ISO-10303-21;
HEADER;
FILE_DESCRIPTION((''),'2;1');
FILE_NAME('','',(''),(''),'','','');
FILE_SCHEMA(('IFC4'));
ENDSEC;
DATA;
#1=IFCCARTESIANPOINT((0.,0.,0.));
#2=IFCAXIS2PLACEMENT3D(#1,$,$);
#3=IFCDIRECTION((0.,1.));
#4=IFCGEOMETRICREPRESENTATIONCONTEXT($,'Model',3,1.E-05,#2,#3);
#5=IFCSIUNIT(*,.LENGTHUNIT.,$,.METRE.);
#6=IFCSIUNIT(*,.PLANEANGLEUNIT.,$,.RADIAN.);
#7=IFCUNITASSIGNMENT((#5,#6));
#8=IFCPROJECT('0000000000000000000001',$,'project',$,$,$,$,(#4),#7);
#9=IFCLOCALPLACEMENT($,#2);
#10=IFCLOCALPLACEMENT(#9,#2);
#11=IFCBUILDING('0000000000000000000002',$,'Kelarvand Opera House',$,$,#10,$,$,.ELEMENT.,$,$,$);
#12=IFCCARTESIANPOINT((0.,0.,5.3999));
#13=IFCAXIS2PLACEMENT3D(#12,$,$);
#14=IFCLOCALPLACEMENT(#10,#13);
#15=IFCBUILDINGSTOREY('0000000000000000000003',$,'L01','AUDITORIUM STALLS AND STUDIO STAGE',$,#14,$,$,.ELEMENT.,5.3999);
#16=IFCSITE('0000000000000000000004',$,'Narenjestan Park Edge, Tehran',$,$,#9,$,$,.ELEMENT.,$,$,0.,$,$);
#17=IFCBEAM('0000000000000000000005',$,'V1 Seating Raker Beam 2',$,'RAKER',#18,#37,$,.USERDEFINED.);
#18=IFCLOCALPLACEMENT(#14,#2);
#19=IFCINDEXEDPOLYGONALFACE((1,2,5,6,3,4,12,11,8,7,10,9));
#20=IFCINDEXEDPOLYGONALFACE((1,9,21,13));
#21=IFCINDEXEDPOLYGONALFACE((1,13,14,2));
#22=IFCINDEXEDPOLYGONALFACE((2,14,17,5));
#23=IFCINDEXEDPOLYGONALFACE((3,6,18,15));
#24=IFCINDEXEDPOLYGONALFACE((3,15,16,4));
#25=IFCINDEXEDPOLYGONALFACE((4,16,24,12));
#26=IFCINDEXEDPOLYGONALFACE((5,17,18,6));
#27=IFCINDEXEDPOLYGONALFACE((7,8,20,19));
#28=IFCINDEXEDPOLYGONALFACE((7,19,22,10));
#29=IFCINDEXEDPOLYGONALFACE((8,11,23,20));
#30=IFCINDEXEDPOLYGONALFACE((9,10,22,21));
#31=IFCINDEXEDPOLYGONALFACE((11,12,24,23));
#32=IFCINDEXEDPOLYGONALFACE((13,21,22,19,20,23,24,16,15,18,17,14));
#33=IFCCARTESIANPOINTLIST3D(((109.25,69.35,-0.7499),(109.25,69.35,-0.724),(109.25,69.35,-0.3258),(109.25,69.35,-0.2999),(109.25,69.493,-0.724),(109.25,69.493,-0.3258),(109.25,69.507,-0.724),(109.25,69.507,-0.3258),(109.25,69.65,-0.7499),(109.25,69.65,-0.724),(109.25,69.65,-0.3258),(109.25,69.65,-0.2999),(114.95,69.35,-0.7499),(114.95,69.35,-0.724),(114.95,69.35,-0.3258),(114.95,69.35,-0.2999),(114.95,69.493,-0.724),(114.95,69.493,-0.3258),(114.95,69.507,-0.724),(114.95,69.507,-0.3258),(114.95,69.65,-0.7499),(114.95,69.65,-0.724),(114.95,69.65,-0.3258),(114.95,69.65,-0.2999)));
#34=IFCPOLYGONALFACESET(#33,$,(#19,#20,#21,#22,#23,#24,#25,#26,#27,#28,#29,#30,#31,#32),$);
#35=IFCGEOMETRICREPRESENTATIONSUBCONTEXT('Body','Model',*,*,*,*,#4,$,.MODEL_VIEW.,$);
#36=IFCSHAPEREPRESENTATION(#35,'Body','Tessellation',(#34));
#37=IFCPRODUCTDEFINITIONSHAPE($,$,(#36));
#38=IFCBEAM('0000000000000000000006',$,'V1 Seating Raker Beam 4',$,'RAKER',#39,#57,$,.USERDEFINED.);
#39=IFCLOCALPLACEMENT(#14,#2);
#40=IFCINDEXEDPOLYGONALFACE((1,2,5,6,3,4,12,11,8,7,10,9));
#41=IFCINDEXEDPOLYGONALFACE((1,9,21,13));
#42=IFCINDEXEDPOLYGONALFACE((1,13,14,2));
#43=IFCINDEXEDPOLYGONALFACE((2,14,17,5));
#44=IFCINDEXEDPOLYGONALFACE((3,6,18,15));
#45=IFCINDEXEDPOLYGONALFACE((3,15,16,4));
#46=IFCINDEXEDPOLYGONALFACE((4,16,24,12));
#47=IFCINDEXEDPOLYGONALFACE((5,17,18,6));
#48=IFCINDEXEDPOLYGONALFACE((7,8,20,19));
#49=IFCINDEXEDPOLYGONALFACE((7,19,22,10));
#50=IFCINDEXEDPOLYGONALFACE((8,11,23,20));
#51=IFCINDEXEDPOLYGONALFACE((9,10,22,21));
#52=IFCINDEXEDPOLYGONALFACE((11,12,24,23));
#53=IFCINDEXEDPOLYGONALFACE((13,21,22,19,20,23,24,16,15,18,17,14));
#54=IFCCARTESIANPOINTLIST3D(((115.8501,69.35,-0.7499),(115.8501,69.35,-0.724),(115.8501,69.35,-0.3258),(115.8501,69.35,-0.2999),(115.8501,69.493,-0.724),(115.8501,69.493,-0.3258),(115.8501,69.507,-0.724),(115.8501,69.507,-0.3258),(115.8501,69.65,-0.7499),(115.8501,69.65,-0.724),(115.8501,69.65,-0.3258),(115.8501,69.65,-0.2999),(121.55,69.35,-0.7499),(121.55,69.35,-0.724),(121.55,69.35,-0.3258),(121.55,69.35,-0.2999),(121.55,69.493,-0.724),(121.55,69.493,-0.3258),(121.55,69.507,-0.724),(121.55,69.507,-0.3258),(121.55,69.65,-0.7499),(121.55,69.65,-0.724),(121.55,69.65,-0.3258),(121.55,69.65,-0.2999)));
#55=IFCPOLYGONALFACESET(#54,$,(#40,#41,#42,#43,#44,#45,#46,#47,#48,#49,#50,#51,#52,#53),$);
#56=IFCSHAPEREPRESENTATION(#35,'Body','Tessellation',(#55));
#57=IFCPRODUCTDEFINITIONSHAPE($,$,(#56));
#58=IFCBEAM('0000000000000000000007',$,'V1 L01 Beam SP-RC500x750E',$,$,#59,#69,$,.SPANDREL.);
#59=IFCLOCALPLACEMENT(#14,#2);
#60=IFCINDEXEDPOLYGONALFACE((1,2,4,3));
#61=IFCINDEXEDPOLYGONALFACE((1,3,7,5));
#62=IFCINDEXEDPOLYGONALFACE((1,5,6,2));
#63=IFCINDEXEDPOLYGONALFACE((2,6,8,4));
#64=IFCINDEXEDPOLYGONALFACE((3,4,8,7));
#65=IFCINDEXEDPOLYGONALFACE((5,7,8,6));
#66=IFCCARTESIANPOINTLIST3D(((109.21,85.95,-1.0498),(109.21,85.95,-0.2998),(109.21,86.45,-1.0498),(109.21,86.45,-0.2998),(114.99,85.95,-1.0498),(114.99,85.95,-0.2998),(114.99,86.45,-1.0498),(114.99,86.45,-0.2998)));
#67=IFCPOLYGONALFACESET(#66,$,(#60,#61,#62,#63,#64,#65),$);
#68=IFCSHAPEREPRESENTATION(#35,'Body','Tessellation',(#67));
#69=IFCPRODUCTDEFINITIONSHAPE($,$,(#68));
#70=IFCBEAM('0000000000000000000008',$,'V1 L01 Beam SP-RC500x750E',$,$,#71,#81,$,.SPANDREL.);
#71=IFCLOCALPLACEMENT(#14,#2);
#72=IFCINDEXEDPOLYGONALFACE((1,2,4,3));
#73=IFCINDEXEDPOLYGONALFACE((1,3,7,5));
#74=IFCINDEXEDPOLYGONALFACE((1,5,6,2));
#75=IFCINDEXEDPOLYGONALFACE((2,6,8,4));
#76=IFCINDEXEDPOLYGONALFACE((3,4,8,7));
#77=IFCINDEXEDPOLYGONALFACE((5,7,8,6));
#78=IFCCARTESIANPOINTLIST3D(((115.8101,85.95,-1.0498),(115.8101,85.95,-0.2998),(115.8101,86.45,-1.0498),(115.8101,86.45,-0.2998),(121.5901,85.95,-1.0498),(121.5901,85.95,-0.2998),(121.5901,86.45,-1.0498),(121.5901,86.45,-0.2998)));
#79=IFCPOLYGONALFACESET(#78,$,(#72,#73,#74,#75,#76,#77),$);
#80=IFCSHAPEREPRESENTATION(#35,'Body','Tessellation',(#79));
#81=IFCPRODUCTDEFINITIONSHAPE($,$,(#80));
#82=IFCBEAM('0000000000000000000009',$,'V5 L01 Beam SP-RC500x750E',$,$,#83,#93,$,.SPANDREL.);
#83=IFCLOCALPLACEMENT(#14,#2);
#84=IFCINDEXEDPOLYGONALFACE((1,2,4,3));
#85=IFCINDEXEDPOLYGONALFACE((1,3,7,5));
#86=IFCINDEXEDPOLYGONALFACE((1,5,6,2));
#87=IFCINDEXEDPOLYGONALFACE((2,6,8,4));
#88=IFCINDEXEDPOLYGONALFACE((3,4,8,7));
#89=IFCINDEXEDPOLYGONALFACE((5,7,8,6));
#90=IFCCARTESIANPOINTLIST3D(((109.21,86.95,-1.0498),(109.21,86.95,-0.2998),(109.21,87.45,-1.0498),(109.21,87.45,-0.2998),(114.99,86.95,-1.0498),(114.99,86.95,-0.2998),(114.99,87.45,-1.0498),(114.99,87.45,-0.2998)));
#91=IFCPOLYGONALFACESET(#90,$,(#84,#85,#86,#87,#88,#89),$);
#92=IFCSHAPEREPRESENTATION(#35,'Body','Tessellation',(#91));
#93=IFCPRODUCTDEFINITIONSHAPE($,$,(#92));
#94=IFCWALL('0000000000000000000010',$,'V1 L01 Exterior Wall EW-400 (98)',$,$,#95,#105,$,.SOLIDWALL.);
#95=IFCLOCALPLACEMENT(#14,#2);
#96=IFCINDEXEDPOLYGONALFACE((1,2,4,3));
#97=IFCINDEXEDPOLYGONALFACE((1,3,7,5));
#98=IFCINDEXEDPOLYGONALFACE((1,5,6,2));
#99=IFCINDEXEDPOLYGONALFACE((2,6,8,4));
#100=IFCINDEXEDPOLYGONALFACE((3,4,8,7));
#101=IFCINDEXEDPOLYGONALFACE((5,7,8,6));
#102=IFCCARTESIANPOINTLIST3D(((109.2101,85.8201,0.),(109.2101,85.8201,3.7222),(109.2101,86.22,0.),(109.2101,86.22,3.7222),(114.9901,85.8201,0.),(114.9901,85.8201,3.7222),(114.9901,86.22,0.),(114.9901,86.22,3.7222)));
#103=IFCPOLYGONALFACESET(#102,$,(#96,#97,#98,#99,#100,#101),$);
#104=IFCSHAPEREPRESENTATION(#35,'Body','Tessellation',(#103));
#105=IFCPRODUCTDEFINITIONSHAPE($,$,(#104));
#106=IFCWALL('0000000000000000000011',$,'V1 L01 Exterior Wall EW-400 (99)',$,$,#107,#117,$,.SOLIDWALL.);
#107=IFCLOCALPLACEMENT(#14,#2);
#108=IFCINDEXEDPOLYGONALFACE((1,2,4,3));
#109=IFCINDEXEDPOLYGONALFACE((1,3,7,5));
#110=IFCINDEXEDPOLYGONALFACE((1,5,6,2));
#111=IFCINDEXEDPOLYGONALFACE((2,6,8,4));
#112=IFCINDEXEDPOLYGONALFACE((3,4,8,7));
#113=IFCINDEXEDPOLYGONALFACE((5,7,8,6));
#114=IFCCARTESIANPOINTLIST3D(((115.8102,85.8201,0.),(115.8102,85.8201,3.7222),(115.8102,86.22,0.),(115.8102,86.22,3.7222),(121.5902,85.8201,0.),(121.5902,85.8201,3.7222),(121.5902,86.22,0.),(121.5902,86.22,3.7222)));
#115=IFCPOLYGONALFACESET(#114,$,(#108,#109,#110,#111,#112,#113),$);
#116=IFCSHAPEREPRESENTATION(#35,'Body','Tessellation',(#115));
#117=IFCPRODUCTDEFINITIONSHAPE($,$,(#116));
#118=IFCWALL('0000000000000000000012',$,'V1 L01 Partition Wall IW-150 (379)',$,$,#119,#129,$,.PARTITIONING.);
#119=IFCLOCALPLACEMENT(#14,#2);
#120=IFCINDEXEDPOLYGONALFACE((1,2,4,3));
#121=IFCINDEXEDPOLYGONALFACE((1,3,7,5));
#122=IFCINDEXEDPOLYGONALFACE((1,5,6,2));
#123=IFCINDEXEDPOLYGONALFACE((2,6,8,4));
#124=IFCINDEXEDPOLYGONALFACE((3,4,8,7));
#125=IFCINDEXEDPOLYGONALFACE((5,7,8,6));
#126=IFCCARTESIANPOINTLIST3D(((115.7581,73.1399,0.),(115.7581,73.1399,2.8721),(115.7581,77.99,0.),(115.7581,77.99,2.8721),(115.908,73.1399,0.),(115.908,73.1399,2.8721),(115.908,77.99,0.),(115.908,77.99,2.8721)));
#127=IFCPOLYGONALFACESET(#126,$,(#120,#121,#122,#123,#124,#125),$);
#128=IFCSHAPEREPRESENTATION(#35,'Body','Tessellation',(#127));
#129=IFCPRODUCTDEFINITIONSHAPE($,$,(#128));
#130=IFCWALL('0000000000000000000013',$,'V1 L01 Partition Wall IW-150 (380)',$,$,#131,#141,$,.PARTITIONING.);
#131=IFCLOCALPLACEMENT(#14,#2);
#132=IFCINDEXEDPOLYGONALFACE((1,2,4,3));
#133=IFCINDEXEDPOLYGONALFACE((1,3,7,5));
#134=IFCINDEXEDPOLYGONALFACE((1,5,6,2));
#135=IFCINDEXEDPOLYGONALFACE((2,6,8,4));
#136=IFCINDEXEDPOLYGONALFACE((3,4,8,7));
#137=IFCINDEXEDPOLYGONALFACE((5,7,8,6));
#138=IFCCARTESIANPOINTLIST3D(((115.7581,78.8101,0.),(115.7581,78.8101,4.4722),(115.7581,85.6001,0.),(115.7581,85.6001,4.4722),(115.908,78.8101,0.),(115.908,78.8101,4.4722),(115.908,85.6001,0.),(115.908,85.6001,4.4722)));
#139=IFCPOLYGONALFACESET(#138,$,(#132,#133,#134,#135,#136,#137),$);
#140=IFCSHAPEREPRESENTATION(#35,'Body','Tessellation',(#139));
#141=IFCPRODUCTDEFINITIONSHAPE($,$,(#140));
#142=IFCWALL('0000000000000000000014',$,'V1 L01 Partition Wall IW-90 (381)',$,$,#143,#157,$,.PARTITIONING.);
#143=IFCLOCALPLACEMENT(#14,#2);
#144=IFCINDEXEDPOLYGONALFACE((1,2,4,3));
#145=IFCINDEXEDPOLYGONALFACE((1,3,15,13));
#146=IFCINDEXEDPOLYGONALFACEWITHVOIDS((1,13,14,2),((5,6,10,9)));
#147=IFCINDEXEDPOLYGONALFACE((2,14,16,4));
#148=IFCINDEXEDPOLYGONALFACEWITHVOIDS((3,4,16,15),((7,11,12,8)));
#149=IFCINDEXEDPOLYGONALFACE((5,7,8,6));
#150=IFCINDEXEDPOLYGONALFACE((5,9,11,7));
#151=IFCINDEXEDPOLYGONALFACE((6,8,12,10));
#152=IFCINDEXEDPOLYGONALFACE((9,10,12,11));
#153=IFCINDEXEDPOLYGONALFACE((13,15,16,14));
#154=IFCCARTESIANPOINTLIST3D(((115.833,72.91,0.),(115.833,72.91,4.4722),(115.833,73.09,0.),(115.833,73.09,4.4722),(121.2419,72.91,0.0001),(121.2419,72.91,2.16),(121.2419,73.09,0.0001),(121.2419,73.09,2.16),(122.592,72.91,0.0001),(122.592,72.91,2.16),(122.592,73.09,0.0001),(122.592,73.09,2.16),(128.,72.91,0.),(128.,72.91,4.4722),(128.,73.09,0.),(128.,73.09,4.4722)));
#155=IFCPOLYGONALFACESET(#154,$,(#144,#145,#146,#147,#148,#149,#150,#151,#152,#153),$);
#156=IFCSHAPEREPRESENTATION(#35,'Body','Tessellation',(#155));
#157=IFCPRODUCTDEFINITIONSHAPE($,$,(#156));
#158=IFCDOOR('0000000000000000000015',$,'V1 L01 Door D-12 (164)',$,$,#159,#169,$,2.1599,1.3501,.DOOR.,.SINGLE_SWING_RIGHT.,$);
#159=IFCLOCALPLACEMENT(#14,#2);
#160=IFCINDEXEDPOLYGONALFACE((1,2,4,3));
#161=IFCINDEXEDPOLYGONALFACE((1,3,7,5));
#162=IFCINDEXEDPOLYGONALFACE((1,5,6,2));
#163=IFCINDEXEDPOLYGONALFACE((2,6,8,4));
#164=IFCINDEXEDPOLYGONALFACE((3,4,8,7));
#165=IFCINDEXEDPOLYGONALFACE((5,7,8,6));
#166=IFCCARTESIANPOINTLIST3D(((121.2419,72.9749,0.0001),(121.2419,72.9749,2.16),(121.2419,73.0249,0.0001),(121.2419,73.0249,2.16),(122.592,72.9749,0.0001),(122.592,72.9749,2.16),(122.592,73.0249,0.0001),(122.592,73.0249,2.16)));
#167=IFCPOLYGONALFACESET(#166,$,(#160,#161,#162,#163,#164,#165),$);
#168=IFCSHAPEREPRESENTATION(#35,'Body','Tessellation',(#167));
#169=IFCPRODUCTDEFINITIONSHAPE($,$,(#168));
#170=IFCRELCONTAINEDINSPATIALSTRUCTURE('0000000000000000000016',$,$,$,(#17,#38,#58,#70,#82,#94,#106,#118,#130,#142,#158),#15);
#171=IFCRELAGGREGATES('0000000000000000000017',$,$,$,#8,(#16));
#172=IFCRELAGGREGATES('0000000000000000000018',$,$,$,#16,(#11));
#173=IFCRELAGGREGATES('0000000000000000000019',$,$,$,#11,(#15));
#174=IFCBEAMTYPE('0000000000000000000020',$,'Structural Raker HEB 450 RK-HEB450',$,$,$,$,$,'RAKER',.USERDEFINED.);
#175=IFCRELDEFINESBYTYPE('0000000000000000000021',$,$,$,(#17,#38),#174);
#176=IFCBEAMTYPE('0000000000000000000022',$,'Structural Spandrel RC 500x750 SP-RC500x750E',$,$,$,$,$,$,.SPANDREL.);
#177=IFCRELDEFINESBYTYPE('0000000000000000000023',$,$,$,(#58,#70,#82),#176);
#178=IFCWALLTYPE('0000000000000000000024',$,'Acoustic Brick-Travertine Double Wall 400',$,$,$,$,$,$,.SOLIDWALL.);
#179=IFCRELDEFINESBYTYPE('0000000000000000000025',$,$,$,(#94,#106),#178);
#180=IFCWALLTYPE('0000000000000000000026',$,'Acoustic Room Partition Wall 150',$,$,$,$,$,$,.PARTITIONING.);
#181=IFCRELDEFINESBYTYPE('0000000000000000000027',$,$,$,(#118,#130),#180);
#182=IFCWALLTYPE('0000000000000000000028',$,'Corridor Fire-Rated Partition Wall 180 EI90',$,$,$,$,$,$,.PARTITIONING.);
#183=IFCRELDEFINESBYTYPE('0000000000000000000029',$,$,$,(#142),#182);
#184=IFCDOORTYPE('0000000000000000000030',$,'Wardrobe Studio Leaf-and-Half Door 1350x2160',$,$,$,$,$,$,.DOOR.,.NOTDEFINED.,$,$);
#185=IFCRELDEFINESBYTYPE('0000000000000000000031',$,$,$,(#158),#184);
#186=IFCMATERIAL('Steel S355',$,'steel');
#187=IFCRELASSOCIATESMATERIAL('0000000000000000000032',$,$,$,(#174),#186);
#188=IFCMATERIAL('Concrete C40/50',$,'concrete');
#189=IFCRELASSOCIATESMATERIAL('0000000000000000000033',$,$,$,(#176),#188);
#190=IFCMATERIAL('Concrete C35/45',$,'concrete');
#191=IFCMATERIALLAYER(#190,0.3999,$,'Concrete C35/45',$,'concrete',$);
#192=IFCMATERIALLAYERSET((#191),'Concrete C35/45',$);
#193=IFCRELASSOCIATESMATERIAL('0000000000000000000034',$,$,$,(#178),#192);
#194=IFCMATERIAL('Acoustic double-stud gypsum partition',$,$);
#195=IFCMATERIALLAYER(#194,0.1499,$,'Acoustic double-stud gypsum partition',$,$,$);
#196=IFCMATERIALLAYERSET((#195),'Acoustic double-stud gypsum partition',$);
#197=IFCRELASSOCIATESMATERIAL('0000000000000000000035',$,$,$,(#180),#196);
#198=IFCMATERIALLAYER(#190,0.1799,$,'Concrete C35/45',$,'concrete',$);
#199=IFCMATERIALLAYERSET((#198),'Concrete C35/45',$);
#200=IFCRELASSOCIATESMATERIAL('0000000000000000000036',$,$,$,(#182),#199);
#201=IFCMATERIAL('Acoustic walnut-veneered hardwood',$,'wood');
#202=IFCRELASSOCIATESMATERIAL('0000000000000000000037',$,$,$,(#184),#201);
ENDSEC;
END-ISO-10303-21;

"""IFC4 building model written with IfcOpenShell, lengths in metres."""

from ifc_helpers import new_model, si_unit, direction, frame, frame_2d, origin, origin_2d, place, context, subcontext, project, spatial, rectangle, i_section, extrude, material, layer, layer_set, material_profile, profile_set, type_object, element, fill, save


model = new_model("IFC4")

# Units and contexts
model_context = context("Model", 3, precision=1e-05, world=origin(), true_north=direction((0.0, 1.0)))
body_context = subcontext(model_context, "Body", "Model", "MODEL_VIEW")
ifc_project = project(units=[si_unit("LENGTHUNIT", "METRE"), si_unit("PLANEANGLEUNIT", "RADIAN")], contexts=[model_context])

# Site, building, storey
site_placement = place(None, origin())
site = spatial("IfcSite", under=ifc_project, at=site_placement, Name="Narenjestan Park Edge, Tehran", CompositionType="ELEMENT", RefElevation=0.0)
building_placement = place(site_placement, origin())
building = spatial("IfcBuilding", under=site, at=building_placement, Name="Kelarvand Opera House", CompositionType="ELEMENT")
storey_placement = place(building_placement, frame((0.0, 0.0, 5.3999)))
storey = spatial("IfcBuildingStorey", under=building, at=storey_placement, Name="L01", Description="AUDITORIUM STALLS AND STUDIO STAGE", CompositionType="ELEMENT", Elevation=5.3999)

# Shared definitions
ifc_material_1 = material(Name="Concrete C40/50", Category="concrete")

# Beams
ifc_material_2 = material(Name="Steel S355", Category="steel")
ifc_material_profile_1 = material_profile(ifc_material_2, i_section(OverallWidth=0.3, OverallDepth=0.45, WebThickness=0.0139, FlangeThickness=0.0259, at=origin_2d()), Name="HEB 450", Category="steel")
ifc_profile_set_1 = profile_set([ifc_material_profile_1], Name="Steel S355")
beam_type_1 = type_object("IfcBeamType", Name="Structural Raker HEB 450 RK-HEB450", ElementType="RAKER", PredefinedType="USERDEFINED", material=ifc_profile_set_1)
for number, where, z_axis, x_axis, name in (
    (1, (109.25, 69.5, -0.5249), (1.0, 0.0, 0.0), (0.0, 1.0, 0.0), "V1 Seating Raker Beam 2"),
    (2, (115.8501, 69.5, -0.5249), (1.0, 0.0, 0.0), (0.0, 1.0, 0.0), "V1 Seating Raker Beam 4"),
):
    element("IfcBeam", number, at=place(storey_placement, frame(where, z_axis=z_axis, x_axis=x_axis)), inside=storey, type_object=beam_type_1, Name=name, ObjectType="RAKER", PredefinedType="USERDEFINED", context=body_context, shape_type="SweptSolid", body=[
        extrude(i_section(OverallWidth=0.3, OverallDepth=0.45, WebThickness=0.0139, FlangeThickness=0.0259, at=origin_2d()), origin(), (0.0, 0.0, 1.0), 5.7),
    ])
ifc_material_profile_2 = material_profile(ifc_material_1, rectangle(XDim=0.5, YDim=0.75, at=origin_2d()), Name="RC 500x750", Category="concrete")
ifc_profile_set_2 = profile_set([ifc_material_profile_2], Name="Concrete C40/50")
beam_type_2 = type_object("IfcBeamType", Name="Structural Spandrel RC 500x750 SP-RC500x750E", PredefinedType="SPANDREL", material=ifc_profile_set_2)
for number, where, z_axis, x_axis, name in (
    (3, (109.21, 86.2, -0.6748), (1.0, 0.0, 0.0), (0.0, 1.0, 0.0), "V1 L01 Beam SP-RC500x750E"),
    (4, (115.8101, 86.2, -0.6748), (1.0, 0.0, 0.0), (0.0, 1.0, 0.0), "V1 L01 Beam SP-RC500x750E"),
    (5, (109.21, 87.2, -0.6748), (1.0, 0.0, 0.0), (0.0, 1.0, 0.0), "V5 L01 Beam SP-RC500x750E"),
):
    element("IfcBeam", number, at=place(storey_placement, frame(where, z_axis=z_axis, x_axis=x_axis)), inside=storey, type_object=beam_type_2, Name=name, PredefinedType="SPANDREL", context=body_context, shape_type="SweptSolid", body=[
        extrude(rectangle(XDim=0.5, YDim=0.75, at=origin_2d()), origin(), (0.0, 0.0, 1.0), 5.78),
    ])

# Walls
ifc_material_3 = material(Name="Concrete C35/45", Category="concrete")
ifc_layer_1 = layer(ifc_material_3, 0.3999, Name="Concrete C35/45", Category="concrete")
ifc_layer_set_1 = layer_set([ifc_layer_1], Name="Concrete C35/45")
wall_type_1 = type_object("IfcWallType", Name="Acoustic Brick-Travertine Double Wall 400", PredefinedType="SOLIDWALL", material=ifc_layer_set_1)
for number, where, z_axis, x_axis, name in (
    (6, (109.21, 86.02, 0.0), (0.0, 0.0, 1.0), (1.0, 0.0, 0.0), "V1 L01 Exterior Wall EW-400 (98)"),
    (7, (115.8101, 86.02, 0.0), (0.0, 0.0, 1.0), (1.0, 0.0, 0.0), "V1 L01 Exterior Wall EW-400 (99)"),
):
    element("IfcWall", number, at=place(storey_placement, frame(where, z_axis=z_axis, x_axis=x_axis)), inside=storey, type_object=wall_type_1, Name=name, PredefinedType="SOLIDWALL", context=body_context, shape_type="SweptSolid", body=[
        extrude(rectangle(XDim=5.78, YDim=0.3999, at=frame_2d((2.8901, 0.0))), origin(), (0.0, 0.0, 1.0), 3.7222),
    ])
ifc_material_4 = material(Name="Acoustic double-stud gypsum partition")
ifc_layer_2 = layer(ifc_material_4, 0.1499, Name="Acoustic double-stud gypsum partition")
ifc_layer_set_2 = layer_set([ifc_layer_2], Name="Acoustic double-stud gypsum partition")
wall_type_2 = type_object("IfcWallType", Name="Acoustic Room Partition Wall 150", PredefinedType="PARTITIONING", material=ifc_layer_set_2)
wall_1_placement = place(storey_placement, frame((115.833, 73.1399, 0.0), z_axis=(0.0, 0.0, 1.0), x_axis=(0.0, 1.0, 0.0)))
element("IfcWall", 8, at=wall_1_placement, inside=storey, type_object=wall_type_2, Name="V1 L01 Partition Wall IW-150 (379)", PredefinedType="PARTITIONING", context=body_context, shape_type="SweptSolid", body=[
    extrude(rectangle(XDim=4.8501, YDim=0.1499, at=frame_2d((2.425, 0.0))), origin(), (0.0, 0.0, 1.0), 2.8721),
])
wall_2_placement = place(storey_placement, frame((115.833, 78.8101, 0.0), z_axis=(0.0, 0.0, 1.0), x_axis=(0.0, 1.0, 0.0)))
element("IfcWall", 9, at=wall_2_placement, inside=storey, type_object=wall_type_2, Name="V1 L01 Partition Wall IW-150 (380)", PredefinedType="PARTITIONING", context=body_context, shape_type="SweptSolid", body=[
    extrude(rectangle(XDim=6.79, YDim=0.1499, at=frame_2d((3.395, 0.0))), origin(), (0.0, 0.0, 1.0), 4.4722),
])

# Wall, opening, door
ifc_layer_3 = layer(ifc_material_3, 0.1799, Name="Concrete C35/45", Category="concrete")
ifc_layer_set_3 = layer_set([ifc_layer_3], Name="Concrete C35/45")
wall_type_3 = type_object("IfcWallType", Name="Corridor Fire-Rated Partition Wall 180 EI90", PredefinedType="PARTITIONING", material=ifc_layer_set_3)
wall_3_placement = place(storey_placement, frame((115.833, 73.0, 0.0), z_axis=(0.0, 0.0, 1.0), x_axis=(1.0, 0.0, 0.0)))
wall_3 = element("IfcWall", 10, at=wall_3_placement, inside=storey, type_object=wall_type_3, Name="V1 L01 Partition Wall IW-90 (381)", PredefinedType="PARTITIONING", context=body_context, shape_type="SweptSolid", body=[
    extrude(rectangle(XDim=12.167, YDim=0.1799, at=frame_2d((6.0835, 0.0))), origin(), (0.0, 0.0, 1.0), 4.4722),
])
opening_placement = place(wall_3_placement, frame((5.4089, 0.0, 0.0)))
opening = element("IfcOpeningElement", 11, at=opening_placement, cuts=wall_3, PredefinedType="OPENING", context=body_context, shape_type="SweptSolid", body=[
    extrude(rectangle(XDim=1.3501, YDim=2.1599, at=frame_2d((0.675, 1.0801))), frame((0.0, 0.1001, 0.0), z_axis=(0.0, -1.0, 0.0), x_axis=(1.0, 0.0, 0.0)), (0.0, 0.0, 1.0), 0.2),
])
ifc_material_5 = material(Name="Acoustic walnut-veneered hardwood", Category="wood")
door_type = type_object("IfcDoorType", Name="Wardrobe Studio Leaf-and-Half Door 1350x2160", OperationType="NOTDEFINED", PredefinedType="DOOR", material=ifc_material_5)
door_placement = place(opening_placement, origin())
door = element("IfcDoor", 12, at=door_placement, inside=storey, type_object=door_type, Name="V1 L01 Door D-12 (164)", OperationType="SINGLE_SWING_RIGHT", OverallHeight=2.1599, OverallWidth=1.3501, PredefinedType="DOOR", context=body_context, shape_type="SweptSolid", body=[
    extrude(rectangle(XDim=1.3501, YDim=2.1599, at=frame_2d((0.675, 1.0801))), frame((0.0, 0.0249, 0.0), z_axis=(0.0, -1.0, 0.0), x_axis=(1.0, 0.0, 0.0)), (0.0, 0.0, 1.0), 0.05),
])
fill(opening, door)

save(model, "model.ifc")
